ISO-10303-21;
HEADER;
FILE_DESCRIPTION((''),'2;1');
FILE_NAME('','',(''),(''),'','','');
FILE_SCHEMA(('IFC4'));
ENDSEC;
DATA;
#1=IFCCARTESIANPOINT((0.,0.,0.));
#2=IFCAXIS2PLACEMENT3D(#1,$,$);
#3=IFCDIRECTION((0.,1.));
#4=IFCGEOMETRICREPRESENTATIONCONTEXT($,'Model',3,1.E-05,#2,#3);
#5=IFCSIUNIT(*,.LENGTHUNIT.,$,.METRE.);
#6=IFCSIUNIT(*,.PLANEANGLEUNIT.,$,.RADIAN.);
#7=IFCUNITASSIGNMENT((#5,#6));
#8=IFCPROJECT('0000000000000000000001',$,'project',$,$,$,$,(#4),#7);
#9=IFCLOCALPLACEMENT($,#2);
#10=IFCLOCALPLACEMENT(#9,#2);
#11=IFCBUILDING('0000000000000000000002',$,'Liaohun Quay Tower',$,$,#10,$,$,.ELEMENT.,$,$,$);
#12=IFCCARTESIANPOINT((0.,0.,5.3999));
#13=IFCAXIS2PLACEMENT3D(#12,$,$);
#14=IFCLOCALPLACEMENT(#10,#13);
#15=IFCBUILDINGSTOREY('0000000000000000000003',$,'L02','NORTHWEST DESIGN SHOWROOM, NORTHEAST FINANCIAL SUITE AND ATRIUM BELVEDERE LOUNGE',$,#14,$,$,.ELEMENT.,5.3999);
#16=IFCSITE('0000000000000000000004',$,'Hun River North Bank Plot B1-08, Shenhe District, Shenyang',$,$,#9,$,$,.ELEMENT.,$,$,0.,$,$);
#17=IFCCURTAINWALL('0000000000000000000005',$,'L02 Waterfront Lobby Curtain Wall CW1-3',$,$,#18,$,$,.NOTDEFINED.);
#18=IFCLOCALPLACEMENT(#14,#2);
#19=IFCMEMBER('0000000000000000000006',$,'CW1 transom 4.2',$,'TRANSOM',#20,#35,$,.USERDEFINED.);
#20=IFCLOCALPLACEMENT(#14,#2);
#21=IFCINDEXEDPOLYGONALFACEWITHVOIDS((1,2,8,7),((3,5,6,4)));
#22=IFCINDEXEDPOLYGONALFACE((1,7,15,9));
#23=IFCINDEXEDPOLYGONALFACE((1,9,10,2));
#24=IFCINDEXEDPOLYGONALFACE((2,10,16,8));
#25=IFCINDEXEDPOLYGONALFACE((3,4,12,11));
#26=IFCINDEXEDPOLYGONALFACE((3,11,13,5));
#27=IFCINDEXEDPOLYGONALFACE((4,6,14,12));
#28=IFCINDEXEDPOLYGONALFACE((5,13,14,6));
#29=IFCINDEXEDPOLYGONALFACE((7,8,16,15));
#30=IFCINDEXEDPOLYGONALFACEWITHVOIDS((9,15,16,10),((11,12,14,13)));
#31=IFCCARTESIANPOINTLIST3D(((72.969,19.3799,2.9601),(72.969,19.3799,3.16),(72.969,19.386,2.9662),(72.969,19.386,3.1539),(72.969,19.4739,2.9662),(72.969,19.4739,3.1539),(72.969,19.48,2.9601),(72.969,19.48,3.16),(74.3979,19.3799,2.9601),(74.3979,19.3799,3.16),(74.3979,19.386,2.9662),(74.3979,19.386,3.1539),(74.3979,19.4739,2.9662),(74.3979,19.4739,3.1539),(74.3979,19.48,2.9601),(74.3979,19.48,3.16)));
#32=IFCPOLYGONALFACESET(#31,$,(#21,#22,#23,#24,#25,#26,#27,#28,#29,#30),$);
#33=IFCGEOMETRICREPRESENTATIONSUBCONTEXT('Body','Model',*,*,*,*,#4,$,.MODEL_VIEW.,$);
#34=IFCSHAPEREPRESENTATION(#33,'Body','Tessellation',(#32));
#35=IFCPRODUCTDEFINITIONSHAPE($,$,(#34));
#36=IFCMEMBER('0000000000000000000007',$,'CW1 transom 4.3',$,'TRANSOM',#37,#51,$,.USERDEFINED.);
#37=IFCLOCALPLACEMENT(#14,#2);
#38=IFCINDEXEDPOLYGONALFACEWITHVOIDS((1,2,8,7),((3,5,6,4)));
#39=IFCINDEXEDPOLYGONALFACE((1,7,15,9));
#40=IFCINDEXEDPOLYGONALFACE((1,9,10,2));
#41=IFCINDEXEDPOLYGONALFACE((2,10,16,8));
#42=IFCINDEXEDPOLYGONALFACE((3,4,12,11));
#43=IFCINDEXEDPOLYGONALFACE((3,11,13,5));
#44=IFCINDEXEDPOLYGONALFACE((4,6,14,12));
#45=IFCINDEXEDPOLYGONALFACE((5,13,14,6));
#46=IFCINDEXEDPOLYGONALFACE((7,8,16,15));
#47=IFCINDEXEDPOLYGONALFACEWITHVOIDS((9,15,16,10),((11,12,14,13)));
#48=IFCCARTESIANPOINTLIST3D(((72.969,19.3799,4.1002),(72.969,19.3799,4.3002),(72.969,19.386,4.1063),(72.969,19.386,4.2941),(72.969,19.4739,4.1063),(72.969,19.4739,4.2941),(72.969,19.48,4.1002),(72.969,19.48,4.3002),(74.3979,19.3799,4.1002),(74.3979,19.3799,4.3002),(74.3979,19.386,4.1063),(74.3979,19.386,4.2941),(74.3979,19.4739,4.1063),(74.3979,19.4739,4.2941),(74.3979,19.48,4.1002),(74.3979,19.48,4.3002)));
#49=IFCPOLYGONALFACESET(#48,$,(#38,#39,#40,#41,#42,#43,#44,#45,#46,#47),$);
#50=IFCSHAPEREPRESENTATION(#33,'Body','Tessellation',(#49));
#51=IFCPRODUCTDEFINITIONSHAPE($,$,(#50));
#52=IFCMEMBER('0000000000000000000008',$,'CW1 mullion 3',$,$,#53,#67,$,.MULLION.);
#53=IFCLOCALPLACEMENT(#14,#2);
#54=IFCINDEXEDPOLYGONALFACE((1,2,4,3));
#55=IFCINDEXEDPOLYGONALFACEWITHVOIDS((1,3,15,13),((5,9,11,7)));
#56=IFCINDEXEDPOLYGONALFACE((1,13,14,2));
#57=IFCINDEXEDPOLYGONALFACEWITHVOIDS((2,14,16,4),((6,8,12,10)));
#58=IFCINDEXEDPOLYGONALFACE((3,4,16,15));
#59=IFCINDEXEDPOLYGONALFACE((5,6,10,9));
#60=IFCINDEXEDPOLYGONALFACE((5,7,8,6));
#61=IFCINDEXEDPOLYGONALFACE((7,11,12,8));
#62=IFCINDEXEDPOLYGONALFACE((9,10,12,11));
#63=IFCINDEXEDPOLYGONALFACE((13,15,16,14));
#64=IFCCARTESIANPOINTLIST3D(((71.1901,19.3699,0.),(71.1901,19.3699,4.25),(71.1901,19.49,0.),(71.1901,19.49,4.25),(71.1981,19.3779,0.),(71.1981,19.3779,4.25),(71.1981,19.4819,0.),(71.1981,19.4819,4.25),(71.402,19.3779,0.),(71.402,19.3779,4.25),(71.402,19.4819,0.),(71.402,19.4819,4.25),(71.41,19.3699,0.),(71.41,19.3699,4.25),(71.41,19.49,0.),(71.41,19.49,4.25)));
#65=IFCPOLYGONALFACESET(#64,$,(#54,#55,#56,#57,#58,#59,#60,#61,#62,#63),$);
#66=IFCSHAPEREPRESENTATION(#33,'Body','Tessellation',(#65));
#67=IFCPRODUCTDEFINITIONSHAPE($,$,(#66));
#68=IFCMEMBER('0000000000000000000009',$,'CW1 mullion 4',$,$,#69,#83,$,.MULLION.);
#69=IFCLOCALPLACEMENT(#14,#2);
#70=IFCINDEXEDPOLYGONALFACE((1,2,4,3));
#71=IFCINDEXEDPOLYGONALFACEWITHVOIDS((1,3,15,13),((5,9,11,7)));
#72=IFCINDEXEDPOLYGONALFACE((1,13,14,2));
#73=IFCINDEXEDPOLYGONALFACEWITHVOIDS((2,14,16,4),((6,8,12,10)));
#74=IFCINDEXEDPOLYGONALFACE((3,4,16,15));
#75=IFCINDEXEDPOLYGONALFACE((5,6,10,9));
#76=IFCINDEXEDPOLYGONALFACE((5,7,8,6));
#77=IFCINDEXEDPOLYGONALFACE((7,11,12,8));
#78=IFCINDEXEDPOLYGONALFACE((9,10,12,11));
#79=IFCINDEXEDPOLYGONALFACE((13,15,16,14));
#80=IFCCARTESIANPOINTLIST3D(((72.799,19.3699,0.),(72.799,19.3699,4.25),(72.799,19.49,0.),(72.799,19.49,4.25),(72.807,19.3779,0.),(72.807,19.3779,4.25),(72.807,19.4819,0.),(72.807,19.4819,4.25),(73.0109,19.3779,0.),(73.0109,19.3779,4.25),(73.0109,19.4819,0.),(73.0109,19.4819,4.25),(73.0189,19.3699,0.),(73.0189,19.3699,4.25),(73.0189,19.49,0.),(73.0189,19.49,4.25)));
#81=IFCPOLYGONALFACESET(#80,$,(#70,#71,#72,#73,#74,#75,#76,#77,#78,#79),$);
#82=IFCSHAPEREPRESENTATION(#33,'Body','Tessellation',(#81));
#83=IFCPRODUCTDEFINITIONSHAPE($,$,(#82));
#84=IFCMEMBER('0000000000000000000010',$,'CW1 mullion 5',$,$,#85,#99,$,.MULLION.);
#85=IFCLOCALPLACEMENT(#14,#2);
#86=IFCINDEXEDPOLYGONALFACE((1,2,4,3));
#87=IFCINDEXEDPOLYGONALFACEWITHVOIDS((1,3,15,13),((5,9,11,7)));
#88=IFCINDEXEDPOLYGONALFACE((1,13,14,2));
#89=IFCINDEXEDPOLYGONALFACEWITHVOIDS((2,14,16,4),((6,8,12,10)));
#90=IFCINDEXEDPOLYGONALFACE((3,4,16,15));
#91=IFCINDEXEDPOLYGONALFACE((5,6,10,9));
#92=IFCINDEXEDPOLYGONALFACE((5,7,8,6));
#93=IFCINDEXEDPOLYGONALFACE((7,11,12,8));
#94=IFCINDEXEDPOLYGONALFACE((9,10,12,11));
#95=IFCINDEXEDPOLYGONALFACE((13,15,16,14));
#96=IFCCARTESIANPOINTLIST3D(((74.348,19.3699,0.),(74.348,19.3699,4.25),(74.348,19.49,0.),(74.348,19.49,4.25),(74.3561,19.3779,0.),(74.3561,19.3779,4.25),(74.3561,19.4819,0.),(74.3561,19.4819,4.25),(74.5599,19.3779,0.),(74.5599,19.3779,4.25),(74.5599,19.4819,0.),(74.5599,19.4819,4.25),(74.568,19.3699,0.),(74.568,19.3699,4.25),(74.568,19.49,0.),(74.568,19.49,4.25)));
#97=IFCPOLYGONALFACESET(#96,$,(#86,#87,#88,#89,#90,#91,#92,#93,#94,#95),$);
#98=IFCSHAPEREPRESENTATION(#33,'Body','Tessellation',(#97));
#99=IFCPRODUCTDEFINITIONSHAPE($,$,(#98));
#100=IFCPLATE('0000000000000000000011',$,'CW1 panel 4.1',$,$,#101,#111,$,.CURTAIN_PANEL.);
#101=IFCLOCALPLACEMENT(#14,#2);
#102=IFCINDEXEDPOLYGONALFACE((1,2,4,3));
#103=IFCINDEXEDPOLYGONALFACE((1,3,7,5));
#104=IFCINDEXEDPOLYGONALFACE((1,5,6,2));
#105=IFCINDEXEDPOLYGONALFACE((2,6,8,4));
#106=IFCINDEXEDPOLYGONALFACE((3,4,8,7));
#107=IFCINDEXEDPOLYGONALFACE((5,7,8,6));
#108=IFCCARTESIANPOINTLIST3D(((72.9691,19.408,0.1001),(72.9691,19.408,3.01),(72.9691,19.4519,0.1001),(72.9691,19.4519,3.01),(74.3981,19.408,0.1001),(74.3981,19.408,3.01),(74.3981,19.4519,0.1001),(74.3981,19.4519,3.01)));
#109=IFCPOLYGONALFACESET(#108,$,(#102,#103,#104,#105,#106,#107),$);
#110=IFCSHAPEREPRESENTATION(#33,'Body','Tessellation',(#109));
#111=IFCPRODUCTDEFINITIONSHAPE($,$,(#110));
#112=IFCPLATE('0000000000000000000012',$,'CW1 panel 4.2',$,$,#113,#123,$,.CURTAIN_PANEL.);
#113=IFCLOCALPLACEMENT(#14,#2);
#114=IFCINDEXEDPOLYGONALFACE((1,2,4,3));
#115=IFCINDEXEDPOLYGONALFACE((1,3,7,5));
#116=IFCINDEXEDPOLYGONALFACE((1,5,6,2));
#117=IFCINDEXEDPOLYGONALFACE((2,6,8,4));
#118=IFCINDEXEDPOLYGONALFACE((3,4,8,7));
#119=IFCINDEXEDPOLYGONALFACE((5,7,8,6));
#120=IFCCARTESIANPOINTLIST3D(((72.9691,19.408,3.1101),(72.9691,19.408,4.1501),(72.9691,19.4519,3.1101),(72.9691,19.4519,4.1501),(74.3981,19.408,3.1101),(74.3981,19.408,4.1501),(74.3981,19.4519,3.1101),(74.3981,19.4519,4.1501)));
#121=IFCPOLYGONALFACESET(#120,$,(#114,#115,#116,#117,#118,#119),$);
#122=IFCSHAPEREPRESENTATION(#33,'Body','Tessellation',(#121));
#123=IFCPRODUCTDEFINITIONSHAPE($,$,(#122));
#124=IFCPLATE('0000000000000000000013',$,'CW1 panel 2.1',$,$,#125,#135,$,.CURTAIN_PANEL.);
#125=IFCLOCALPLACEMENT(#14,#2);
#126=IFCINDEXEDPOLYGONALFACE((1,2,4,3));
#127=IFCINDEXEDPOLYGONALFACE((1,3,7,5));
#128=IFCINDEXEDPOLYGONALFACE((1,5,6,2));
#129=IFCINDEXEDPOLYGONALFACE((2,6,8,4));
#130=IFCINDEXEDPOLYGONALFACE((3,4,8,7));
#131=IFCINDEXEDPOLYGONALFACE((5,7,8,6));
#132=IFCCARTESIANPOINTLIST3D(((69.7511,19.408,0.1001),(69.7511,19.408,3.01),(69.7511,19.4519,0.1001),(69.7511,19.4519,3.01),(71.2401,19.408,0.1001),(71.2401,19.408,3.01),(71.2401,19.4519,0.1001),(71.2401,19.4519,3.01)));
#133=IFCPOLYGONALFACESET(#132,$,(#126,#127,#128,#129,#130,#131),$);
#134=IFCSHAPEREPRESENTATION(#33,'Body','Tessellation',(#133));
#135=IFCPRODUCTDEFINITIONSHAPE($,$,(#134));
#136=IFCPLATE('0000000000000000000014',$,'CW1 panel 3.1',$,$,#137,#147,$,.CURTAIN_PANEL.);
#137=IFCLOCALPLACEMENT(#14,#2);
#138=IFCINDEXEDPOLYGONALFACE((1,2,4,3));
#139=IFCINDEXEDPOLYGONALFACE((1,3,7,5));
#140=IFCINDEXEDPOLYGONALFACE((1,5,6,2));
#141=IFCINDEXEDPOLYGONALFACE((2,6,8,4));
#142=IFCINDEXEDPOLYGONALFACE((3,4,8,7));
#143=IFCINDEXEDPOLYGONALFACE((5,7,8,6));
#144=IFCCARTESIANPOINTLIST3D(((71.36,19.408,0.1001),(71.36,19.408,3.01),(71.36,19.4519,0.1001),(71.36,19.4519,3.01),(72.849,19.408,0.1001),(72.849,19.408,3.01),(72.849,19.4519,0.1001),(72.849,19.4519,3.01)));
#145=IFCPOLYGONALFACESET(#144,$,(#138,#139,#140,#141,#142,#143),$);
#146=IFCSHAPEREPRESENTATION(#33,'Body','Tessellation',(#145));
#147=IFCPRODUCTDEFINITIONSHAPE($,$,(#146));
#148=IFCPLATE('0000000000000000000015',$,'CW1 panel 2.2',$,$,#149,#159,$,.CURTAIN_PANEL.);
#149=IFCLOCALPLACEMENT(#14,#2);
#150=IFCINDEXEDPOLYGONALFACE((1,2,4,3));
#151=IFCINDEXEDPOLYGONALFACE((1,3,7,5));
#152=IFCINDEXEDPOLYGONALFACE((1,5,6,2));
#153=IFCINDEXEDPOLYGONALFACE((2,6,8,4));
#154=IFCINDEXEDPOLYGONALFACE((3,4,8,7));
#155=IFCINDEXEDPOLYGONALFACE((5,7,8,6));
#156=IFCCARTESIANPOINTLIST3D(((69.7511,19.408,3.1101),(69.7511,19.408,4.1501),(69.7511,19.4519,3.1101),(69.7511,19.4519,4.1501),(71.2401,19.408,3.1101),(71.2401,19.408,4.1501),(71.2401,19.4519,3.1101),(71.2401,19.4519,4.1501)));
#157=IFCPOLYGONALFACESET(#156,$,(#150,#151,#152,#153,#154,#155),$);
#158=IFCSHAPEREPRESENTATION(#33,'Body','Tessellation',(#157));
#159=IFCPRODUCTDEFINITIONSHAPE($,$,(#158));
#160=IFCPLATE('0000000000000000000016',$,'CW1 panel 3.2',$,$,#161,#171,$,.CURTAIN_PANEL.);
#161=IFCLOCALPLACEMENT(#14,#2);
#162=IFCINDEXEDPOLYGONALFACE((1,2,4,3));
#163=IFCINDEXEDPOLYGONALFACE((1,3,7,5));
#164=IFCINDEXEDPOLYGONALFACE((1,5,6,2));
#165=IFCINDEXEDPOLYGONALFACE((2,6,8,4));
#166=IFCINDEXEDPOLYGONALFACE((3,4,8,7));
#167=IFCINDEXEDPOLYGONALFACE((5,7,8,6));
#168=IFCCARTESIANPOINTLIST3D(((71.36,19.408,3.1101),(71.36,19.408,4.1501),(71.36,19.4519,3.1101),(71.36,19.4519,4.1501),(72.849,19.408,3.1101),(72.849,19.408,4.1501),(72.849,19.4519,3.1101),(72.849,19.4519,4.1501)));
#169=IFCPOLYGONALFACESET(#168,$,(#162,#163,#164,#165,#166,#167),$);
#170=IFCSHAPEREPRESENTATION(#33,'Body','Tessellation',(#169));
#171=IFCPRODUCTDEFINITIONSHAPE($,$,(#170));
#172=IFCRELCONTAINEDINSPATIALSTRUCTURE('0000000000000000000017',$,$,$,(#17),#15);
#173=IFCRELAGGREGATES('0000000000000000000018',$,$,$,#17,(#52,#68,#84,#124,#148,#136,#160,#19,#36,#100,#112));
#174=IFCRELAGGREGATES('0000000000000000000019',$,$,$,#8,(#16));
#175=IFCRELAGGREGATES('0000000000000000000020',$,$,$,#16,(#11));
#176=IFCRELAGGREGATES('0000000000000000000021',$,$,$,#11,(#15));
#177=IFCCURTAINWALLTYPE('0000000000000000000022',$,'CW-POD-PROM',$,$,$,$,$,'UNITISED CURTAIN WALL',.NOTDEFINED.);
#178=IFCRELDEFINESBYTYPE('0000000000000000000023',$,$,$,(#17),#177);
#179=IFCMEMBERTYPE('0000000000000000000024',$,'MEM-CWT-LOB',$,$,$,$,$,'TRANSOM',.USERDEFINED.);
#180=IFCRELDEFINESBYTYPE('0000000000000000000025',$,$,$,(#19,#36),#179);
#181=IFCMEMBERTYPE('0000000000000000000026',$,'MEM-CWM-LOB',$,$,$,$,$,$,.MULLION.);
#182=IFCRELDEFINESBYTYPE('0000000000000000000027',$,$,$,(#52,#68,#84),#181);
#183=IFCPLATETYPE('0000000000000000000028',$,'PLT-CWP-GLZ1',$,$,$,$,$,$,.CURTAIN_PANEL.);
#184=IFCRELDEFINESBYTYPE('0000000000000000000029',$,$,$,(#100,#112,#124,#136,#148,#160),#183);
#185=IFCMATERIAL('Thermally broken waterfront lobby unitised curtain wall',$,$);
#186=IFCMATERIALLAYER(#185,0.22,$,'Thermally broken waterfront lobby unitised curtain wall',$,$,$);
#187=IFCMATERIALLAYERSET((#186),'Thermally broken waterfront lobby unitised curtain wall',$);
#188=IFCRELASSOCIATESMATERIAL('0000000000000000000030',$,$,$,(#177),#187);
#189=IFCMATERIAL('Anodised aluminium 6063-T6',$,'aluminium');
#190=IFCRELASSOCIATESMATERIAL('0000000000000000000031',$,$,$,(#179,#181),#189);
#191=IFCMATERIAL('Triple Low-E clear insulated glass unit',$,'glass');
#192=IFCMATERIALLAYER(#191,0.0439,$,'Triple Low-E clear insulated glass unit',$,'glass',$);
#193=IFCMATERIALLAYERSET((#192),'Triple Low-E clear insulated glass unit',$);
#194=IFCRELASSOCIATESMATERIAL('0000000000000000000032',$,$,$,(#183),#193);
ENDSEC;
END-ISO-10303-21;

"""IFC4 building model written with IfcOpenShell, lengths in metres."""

from ifc_helpers import new_model, si_unit, direction, frame, origin, origin_2d, place, context, subcontext, project, spatial, rectangle, hollow_rectangle, extrude, source, transform, mapped, material, layer, layer_set, material_profile, profile_set, type_object, element, aggregate, save


model = new_model("IFC4")

# Units and contexts
model_context = context("Model", 3, precision=1e-05, world=origin(), true_north=direction((0.0, 1.0)))
body_context = subcontext(model_context, "Body", "Model", "MODEL_VIEW")
ifc_project = project(units=[si_unit("LENGTHUNIT", "METRE"), si_unit("PLANEANGLEUNIT", "RADIAN")], contexts=[model_context])

# Site, building, storey
site_placement = place(None, origin())
site = spatial("IfcSite", under=ifc_project, at=site_placement, Name="Hun River North Bank Plot B1-08, Shenhe District, Shenyang", CompositionType="ELEMENT", RefElevation=0.0)
building_placement = place(site_placement, origin())
building = spatial("IfcBuilding", under=site, at=building_placement, Name="Liaohun Quay Tower", CompositionType="ELEMENT")
storey_placement = place(building_placement, frame((0.0, 0.0, 5.3999)))
storey = spatial("IfcBuildingStorey", under=building, at=storey_placement, Name="L02", Description="NORTHWEST DESIGN SHOWROOM, NORTHEAST FINANCIAL SUITE AND ATRIUM BELVEDERE LOUNGE", CompositionType="ELEMENT", Elevation=5.3999)

# Curtain wall, members, plates
ifc_material_1 = material(Name="Thermally broken waterfront lobby unitised curtain wall")
ifc_layer_1 = layer(ifc_material_1, 0.22, Name="Thermally broken waterfront lobby unitised curtain wall")
ifc_layer_set_1 = layer_set([ifc_layer_1], Name="Thermally broken waterfront lobby unitised curtain wall")
curtain_wall_type = type_object("IfcCurtainWallType", Name="CW-POD-PROM", ElementType="UNITISED CURTAIN WALL", PredefinedType="NOTDEFINED", material=ifc_layer_set_1)
curtain_wall_placement = place(storey_placement, origin())
curtain_wall = element("IfcCurtainWall", 1, at=curtain_wall_placement, inside=storey, type_object=curtain_wall_type, Name="L02 Waterfront Lobby Curtain Wall CW1-3", PredefinedType="NOTDEFINED")
ifc_material_2 = material(Name="Anodised aluminium 6063-T6", Category="aluminium")
ifc_material_profile_1 = material_profile(ifc_material_2, hollow_rectangle(XDim=0.1001, YDim=0.2, WallThickness=0.0061, at=origin_2d()), Name="RHS200x100x6")
ifc_profile_set_1 = profile_set([ifc_material_profile_1], Name="Anodised aluminium 6063-T6")
member_type_1 = type_object("IfcMemberType", Name="MEM-CWT-LOB", ElementType="TRANSOM", PredefinedType="USERDEFINED", material=ifc_profile_set_1)
shared_shape_1 = source(origin(), body_context, "Body", "SweptSolid", [
    extrude(hollow_rectangle(XDim=0.1001, YDim=0.2, WallThickness=0.0061, at=origin_2d()), origin(), (0.0, 0.0, 1.0), 1.429),
])
member_1_placement = place(storey_placement, frame((72.969, 19.4299, 3.0601), z_axis=(1.0, 0.0, 0.0), x_axis=(0.0, 1.0, 0.0)))
member_1 = element("IfcMember", 2, at=member_1_placement, type_object=member_type_1, Name="CW1 transom 4.2", ObjectType="TRANSOM", PredefinedType="USERDEFINED", context=body_context, shape_type="MappedRepresentation", body=[
    mapped(shared_shape_1, transform((0.0, 0.0, 0.0), x_axis=(1.0, 0.0, 0.0), y_axis=(0.0, 1.0, 0.0), z_axis=(0.0, 0.0, 1.0), scale=1.0)),
])
member_2_placement = place(storey_placement, frame((72.969, 19.4299, 4.2002), z_axis=(1.0, 0.0, 0.0), x_axis=(0.0, 1.0, 0.0)))
member_2 = element("IfcMember", 3, at=member_2_placement, type_object=member_type_1, Name="CW1 transom 4.3", ObjectType="TRANSOM", PredefinedType="USERDEFINED", context=body_context, shape_type="MappedRepresentation", body=[
    mapped(shared_shape_1, transform((0.0, 0.0, 0.0), x_axis=(1.0, 0.0, 0.0), y_axis=(0.0, 1.0, 0.0), z_axis=(0.0, 0.0, 1.0), scale=1.0)),
])
ifc_material_profile_2 = material_profile(ifc_material_2, hollow_rectangle(XDim=0.1201, YDim=0.22, WallThickness=0.0081, at=origin_2d()), Name="RHS220x120x8")
ifc_profile_set_2 = profile_set([ifc_material_profile_2], Name="Anodised aluminium 6063-T6")
member_type_2 = type_object("IfcMemberType", Name="MEM-CWM-LOB", PredefinedType="MULLION", material=ifc_profile_set_2)
shared_shape_2 = source(origin(), body_context, "Body", "SweptSolid", [
    extrude(hollow_rectangle(XDim=0.1201, YDim=0.22, WallThickness=0.0081, at=origin_2d()), origin(), (0.0, 0.0, 1.0), 4.25),
])
member_3_placement = place(storey_placement, frame((71.3, 19.4299, 0.0), z_axis=(0.0, 0.0, 1.0), x_axis=(0.0, 1.0, 0.0)))
member_3 = element("IfcMember", 4, at=member_3_placement, type_object=member_type_2, Name="CW1 mullion 3", PredefinedType="MULLION", context=body_context, shape_type="MappedRepresentation", body=[
    mapped(shared_shape_2, transform((0.0, 0.0, 0.0), x_axis=(1.0, 0.0, 0.0), y_axis=(0.0, 1.0, 0.0), z_axis=(0.0, 0.0, 1.0), scale=1.0)),
])
member_4_placement = place(storey_placement, frame((72.9089, 19.4299, 0.0), z_axis=(0.0, 0.0, 1.0), x_axis=(0.0, 1.0, 0.0)))
member_4 = element("IfcMember", 5, at=member_4_placement, type_object=member_type_2, Name="CW1 mullion 4", PredefinedType="MULLION", context=body_context, shape_type="MappedRepresentation", body=[
    mapped(shared_shape_2, transform((0.0, 0.0, 0.0), x_axis=(1.0, 0.0, 0.0), y_axis=(0.0, 1.0, 0.0), z_axis=(0.0, 0.0, 1.0), scale=1.0)),
])
member_5_placement = place(storey_placement, frame((74.458, 19.4299, 0.0), z_axis=(0.0, 0.0, 1.0), x_axis=(0.0, 1.0, 0.0)))
member_5 = element("IfcMember", 6, at=member_5_placement, type_object=member_type_2, Name="CW1 mullion 5", PredefinedType="MULLION", context=body_context, shape_type="MappedRepresentation", body=[
    mapped(shared_shape_2, transform((0.0, 0.0, 0.0), x_axis=(1.0, 0.0, 0.0), y_axis=(0.0, 1.0, 0.0), z_axis=(0.0, 0.0, 1.0), scale=1.0)),
])
ifc_material_3 = material(Name="Triple Low-E clear insulated glass unit", Category="glass")
ifc_layer_2 = layer(ifc_material_3, 0.0439, Name="Triple Low-E clear insulated glass unit", Category="glass")
ifc_layer_set_2 = layer_set([ifc_layer_2], Name="Triple Low-E clear insulated glass unit")
plate_type = type_object("IfcPlateType", Name="PLT-CWP-GLZ1", PredefinedType="CURTAIN_PANEL", material=ifc_layer_set_2)
shared_shape_3 = source(origin(), body_context, "Body", "SweptSolid", [
    extrude(rectangle(XDim=1.429, YDim=0.0439, at=origin_2d()), origin(), (0.0, 0.0, 1.0), 2.9099),
])
plate_1_placement = place(storey_placement, frame((73.6836, 19.4299, 0.1001), z_axis=(0.0, 0.0, 1.0), x_axis=(1.0, 0.0, 0.0)))
plate_1 = element("IfcPlate", 7, at=plate_1_placement, type_object=plate_type, Name="CW1 panel 4.1", PredefinedType="CURTAIN_PANEL", context=body_context, shape_type="MappedRepresentation", body=[
    mapped(shared_shape_3, transform((0.0, 0.0, 0.0), x_axis=(1.0, 0.0, 0.0), y_axis=(0.0, 1.0, 0.0), z_axis=(0.0, 0.0, 1.0), scale=1.0)),
])
shared_shape_4 = source(origin(), body_context, "Body", "SweptSolid", [
    extrude(rectangle(XDim=1.429, YDim=0.0439, at=origin_2d()), origin(), (0.0, 0.0, 1.0), 1.04),
])
plate_2_placement = place(storey_placement, frame((73.6836, 19.4299, 3.1101), z_axis=(0.0, 0.0, 1.0), x_axis=(1.0, 0.0, 0.0)))
plate_2 = element("IfcPlate", 8, at=plate_2_placement, type_object=plate_type, Name="CW1 panel 4.2", PredefinedType="CURTAIN_PANEL", context=body_context, shape_type="MappedRepresentation", body=[
    mapped(shared_shape_4, transform((0.0, 0.0, 0.0), x_axis=(1.0, 0.0, 0.0), y_axis=(0.0, 1.0, 0.0), z_axis=(0.0, 0.0, 1.0), scale=1.0)),
])
shared_shape_5 = source(origin(), body_context, "Body", "SweptSolid", [
    extrude(rectangle(XDim=1.489, YDim=0.0439, at=origin_2d()), origin(), (0.0, 0.0, 1.0), 2.9099),
])
plate_3_placement = place(storey_placement, frame((70.4956, 19.4299, 0.1001), z_axis=(0.0, 0.0, 1.0), x_axis=(1.0, 0.0, 0.0)))
plate_3 = element("IfcPlate", 9, at=plate_3_placement, type_object=plate_type, Name="CW1 panel 2.1", PredefinedType="CURTAIN_PANEL", context=body_context, shape_type="MappedRepresentation", body=[
    mapped(shared_shape_5, transform((0.0, 0.0, 0.0), x_axis=(1.0, 0.0, 0.0), y_axis=(0.0, 1.0, 0.0), z_axis=(0.0, 0.0, 1.0), scale=1.0)),
])
plate_4_placement = place(storey_placement, frame((72.1045, 19.4299, 0.1001), z_axis=(0.0, 0.0, 1.0), x_axis=(1.0, 0.0, 0.0)))
plate_4 = element("IfcPlate", 10, at=plate_4_placement, type_object=plate_type, Name="CW1 panel 3.1", PredefinedType="CURTAIN_PANEL", context=body_context, shape_type="MappedRepresentation", body=[
    mapped(shared_shape_5, transform((0.0, 0.0, 0.0), x_axis=(1.0, 0.0, 0.0), y_axis=(0.0, 1.0, 0.0), z_axis=(0.0, 0.0, 1.0), scale=1.0)),
])
shared_shape_6 = source(origin(), body_context, "Body", "SweptSolid", [
    extrude(rectangle(XDim=1.489, YDim=0.0439, at=origin_2d()), origin(), (0.0, 0.0, 1.0), 1.04),
])
plate_5_placement = place(storey_placement, frame((70.4956, 19.4299, 3.1101), z_axis=(0.0, 0.0, 1.0), x_axis=(1.0, 0.0, 0.0)))
plate_5 = element("IfcPlate", 11, at=plate_5_placement, type_object=plate_type, Name="CW1 panel 2.2", PredefinedType="CURTAIN_PANEL", context=body_context, shape_type="MappedRepresentation", body=[
    mapped(shared_shape_6, transform((0.0, 0.0, 0.0), x_axis=(1.0, 0.0, 0.0), y_axis=(0.0, 1.0, 0.0), z_axis=(0.0, 0.0, 1.0), scale=1.0)),
])
plate_6_placement = place(storey_placement, frame((72.1045, 19.4299, 3.1101), z_axis=(0.0, 0.0, 1.0), x_axis=(1.0, 0.0, 0.0)))
plate_6 = element("IfcPlate", 12, at=plate_6_placement, type_object=plate_type, Name="CW1 panel 3.2", PredefinedType="CURTAIN_PANEL", context=body_context, shape_type="MappedRepresentation", body=[
    mapped(shared_shape_6, transform((0.0, 0.0, 0.0), x_axis=(1.0, 0.0, 0.0), y_axis=(0.0, 1.0, 0.0), z_axis=(0.0, 0.0, 1.0), scale=1.0)),
])
aggregate(curtain_wall, [member_3, member_4, member_5, plate_3, plate_5, plate_4, plate_6, member_1, member_2, plate_1, plate_2])

save(model, "model.ifc")
